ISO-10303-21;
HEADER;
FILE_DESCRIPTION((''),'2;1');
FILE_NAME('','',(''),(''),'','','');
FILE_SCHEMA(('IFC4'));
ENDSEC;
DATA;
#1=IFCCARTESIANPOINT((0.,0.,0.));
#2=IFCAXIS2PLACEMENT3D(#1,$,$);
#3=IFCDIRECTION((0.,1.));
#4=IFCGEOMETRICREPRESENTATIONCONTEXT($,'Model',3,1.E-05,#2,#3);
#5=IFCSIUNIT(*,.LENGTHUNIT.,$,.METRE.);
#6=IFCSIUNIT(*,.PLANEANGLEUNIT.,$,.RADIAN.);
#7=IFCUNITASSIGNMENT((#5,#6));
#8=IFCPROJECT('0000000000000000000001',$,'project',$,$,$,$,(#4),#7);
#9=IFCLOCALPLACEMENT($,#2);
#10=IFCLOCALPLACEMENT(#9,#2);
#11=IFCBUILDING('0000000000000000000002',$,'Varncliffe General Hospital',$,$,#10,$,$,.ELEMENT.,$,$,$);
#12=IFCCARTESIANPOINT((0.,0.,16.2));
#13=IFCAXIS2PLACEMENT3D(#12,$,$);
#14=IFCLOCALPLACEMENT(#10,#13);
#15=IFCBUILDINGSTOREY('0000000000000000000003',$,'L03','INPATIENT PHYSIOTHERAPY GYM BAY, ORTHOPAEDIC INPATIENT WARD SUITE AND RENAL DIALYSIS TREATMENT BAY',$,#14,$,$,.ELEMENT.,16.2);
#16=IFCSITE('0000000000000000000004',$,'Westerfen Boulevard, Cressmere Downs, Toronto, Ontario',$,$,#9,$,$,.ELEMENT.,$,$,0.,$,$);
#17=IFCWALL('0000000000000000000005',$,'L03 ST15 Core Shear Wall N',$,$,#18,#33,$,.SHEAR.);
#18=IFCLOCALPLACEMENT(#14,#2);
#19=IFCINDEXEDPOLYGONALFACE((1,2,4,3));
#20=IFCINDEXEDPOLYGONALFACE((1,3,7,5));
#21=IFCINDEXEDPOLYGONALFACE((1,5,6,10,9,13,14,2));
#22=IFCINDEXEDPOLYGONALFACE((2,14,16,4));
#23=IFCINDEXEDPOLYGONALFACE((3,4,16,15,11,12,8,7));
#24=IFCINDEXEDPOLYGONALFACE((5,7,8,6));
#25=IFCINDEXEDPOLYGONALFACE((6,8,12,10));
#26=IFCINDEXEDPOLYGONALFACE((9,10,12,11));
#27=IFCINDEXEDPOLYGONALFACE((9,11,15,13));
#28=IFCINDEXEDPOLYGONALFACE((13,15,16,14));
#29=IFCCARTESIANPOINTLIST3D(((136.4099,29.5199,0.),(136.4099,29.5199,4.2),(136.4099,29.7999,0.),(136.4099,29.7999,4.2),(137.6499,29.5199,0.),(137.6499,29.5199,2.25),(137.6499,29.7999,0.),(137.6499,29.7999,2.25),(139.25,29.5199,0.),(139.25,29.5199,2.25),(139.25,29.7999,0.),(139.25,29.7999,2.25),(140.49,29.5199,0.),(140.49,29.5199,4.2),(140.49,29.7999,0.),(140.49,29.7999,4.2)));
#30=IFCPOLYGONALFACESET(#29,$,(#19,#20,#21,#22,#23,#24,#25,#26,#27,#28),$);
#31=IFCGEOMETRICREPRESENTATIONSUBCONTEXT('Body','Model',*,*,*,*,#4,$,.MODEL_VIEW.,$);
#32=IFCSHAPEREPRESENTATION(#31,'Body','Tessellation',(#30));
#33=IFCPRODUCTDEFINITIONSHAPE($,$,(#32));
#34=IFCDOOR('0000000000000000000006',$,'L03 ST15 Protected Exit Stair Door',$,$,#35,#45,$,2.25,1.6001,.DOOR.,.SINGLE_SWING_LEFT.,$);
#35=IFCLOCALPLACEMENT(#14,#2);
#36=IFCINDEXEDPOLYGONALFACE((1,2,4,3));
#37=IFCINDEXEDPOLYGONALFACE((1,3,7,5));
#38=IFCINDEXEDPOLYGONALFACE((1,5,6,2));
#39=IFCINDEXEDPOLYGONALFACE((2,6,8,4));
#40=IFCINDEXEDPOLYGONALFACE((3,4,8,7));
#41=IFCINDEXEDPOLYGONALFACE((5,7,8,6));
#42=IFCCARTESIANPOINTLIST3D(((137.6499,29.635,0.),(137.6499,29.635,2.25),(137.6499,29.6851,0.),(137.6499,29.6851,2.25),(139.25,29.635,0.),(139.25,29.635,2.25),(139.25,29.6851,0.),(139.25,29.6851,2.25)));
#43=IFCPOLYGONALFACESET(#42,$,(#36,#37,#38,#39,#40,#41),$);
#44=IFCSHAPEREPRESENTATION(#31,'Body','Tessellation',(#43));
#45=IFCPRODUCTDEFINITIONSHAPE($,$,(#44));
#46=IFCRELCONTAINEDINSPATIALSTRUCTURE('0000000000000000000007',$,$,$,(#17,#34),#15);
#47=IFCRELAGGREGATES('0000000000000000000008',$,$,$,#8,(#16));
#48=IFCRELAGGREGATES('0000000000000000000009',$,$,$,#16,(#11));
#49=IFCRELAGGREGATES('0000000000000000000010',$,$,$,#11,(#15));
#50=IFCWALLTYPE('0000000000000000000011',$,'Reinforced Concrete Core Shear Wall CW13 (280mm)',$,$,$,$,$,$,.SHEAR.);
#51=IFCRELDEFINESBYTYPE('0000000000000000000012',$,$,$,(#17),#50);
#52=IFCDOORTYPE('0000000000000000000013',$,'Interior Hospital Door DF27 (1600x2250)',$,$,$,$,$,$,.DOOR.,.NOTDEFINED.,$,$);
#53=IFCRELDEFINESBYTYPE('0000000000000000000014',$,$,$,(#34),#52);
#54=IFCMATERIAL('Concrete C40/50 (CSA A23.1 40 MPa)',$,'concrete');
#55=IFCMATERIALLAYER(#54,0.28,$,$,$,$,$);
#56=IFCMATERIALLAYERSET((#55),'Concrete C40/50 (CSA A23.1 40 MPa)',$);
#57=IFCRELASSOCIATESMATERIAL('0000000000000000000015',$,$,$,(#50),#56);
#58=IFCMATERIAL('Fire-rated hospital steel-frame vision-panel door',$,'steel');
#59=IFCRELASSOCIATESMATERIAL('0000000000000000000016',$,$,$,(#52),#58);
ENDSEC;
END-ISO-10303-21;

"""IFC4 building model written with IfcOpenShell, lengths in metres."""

from ifc_helpers import new_model, si_unit, direction, frame, frame_2d, origin, place, context, subcontext, project, spatial, rectangle, extrude, material, layer, layer_set, type_object, element, fill, save


model = new_model("IFC4")

# Units and contexts
model_context = context("Model", 3, precision=1e-05, world=origin(), true_north=direction((0.0, 1.0)))
body_context = subcontext(model_context, "Body", "Model", "MODEL_VIEW")
ifc_project = project(units=[si_unit("LENGTHUNIT", "METRE"), si_unit("PLANEANGLEUNIT", "RADIAN")], contexts=[model_context])

# Site, building, storey
site_placement = place(None, origin())
site = spatial("IfcSite", under=ifc_project, at=site_placement, Name="Westerfen Boulevard, Cressmere Downs, Toronto, Ontario", CompositionType="ELEMENT", RefElevation=0.0)
building_placement = place(site_placement, origin())
building = spatial("IfcBuilding", under=site, at=building_placement, Name="Varncliffe General Hospital", CompositionType="ELEMENT")
storey_placement = place(building_placement, frame((0.0, 0.0, 16.2)))
storey = spatial("IfcBuildingStorey", under=building, at=storey_placement, Name="L03", Description="INPATIENT PHYSIOTHERAPY GYM BAY, ORTHOPAEDIC INPATIENT WARD SUITE AND RENAL DIALYSIS TREATMENT BAY", CompositionType="ELEMENT", Elevation=16.2)

# Shared definitions
ifc_material_1 = material(Name="Concrete C40/50 (CSA A23.1 40 MPa)", Category="concrete")

# Shared definitions
ifc_material_2 = material(Name="Fire-rated hospital steel-frame vision-panel door", Category="steel")

# Shared definitions
ifc_layer_1 = layer(ifc_material_1, 0.28)
ifc_layer_set_1 = layer_set([ifc_layer_1], Name="Concrete C40/50 (CSA A23.1 40 MPa)")
wall_type_1 = type_object("IfcWallType", Name="Reinforced Concrete Core Shear Wall CW13 (280mm)", PredefinedType="SHEAR", material=ifc_layer_set_1)

# Wall, opening, door
wall_1_placement = place(storey_placement, frame((136.4099, 29.6599, 0.0), z_axis=(0.0, 0.0, 1.0), x_axis=(1.0, 0.0, 0.0)))
wall_1 = element("IfcWall", 1, at=wall_1_placement, inside=storey, type_object=wall_type_1, Name="L03 ST15 Core Shear Wall N", PredefinedType="SHEAR", context=body_context, shape_type="SweptSolid", body=[
    extrude(rectangle(XDim=4.0801, YDim=0.28, at=frame_2d((2.04, 0.0))), origin(), (0.0, 0.0, 1.0), 4.2),
])
opening_1_placement = place(wall_1_placement, frame((1.24, 0.0, 0.0)))
opening_1 = element("IfcOpeningElement", 2, at=opening_1_placement, cuts=wall_1, PredefinedType="OPENING", context=body_context, shape_type="SweptSolid", body=[
    extrude(rectangle(XDim=1.6001, YDim=2.25, at=frame_2d((0.8, 1.125))), frame((0.0, 0.1499, 0.0), z_axis=(0.0, -1.0, 0.0), x_axis=(1.0, 0.0, 0.0)), (0.0, 0.0, 1.0), 0.3),
])
door_type_1 = type_object("IfcDoorType", Name="Interior Hospital Door DF27 (1600x2250)", OperationType="NOTDEFINED", PredefinedType="DOOR", material=ifc_material_2)
door_1_placement = place(opening_1_placement, frame((1.6001, 0.0, 0.0), z_axis=(0.0, 0.0, 1.0), x_axis=(-1.0, 0.0, 0.0)))
door_1 = element("IfcDoor", 3, at=door_1_placement, inside=storey, type_object=door_type_1, Name="L03 ST15 Protected Exit Stair Door", OperationType="SINGLE_SWING_LEFT", OverallHeight=2.25, OverallWidth=1.6001, PredefinedType="DOOR", context=body_context, shape_type="SweptSolid", body=[
    extrude(rectangle(XDim=1.6001, YDim=2.25, at=frame_2d((0.8, 1.125))), frame((0.0, 0.0249, 0.0), z_axis=(0.0, -1.0, 0.0), x_axis=(1.0, 0.0, 0.0)), (0.0, 0.0, 1.0), 0.05),
])
fill(opening_1, door_1)

save(model, "model.ifc")
